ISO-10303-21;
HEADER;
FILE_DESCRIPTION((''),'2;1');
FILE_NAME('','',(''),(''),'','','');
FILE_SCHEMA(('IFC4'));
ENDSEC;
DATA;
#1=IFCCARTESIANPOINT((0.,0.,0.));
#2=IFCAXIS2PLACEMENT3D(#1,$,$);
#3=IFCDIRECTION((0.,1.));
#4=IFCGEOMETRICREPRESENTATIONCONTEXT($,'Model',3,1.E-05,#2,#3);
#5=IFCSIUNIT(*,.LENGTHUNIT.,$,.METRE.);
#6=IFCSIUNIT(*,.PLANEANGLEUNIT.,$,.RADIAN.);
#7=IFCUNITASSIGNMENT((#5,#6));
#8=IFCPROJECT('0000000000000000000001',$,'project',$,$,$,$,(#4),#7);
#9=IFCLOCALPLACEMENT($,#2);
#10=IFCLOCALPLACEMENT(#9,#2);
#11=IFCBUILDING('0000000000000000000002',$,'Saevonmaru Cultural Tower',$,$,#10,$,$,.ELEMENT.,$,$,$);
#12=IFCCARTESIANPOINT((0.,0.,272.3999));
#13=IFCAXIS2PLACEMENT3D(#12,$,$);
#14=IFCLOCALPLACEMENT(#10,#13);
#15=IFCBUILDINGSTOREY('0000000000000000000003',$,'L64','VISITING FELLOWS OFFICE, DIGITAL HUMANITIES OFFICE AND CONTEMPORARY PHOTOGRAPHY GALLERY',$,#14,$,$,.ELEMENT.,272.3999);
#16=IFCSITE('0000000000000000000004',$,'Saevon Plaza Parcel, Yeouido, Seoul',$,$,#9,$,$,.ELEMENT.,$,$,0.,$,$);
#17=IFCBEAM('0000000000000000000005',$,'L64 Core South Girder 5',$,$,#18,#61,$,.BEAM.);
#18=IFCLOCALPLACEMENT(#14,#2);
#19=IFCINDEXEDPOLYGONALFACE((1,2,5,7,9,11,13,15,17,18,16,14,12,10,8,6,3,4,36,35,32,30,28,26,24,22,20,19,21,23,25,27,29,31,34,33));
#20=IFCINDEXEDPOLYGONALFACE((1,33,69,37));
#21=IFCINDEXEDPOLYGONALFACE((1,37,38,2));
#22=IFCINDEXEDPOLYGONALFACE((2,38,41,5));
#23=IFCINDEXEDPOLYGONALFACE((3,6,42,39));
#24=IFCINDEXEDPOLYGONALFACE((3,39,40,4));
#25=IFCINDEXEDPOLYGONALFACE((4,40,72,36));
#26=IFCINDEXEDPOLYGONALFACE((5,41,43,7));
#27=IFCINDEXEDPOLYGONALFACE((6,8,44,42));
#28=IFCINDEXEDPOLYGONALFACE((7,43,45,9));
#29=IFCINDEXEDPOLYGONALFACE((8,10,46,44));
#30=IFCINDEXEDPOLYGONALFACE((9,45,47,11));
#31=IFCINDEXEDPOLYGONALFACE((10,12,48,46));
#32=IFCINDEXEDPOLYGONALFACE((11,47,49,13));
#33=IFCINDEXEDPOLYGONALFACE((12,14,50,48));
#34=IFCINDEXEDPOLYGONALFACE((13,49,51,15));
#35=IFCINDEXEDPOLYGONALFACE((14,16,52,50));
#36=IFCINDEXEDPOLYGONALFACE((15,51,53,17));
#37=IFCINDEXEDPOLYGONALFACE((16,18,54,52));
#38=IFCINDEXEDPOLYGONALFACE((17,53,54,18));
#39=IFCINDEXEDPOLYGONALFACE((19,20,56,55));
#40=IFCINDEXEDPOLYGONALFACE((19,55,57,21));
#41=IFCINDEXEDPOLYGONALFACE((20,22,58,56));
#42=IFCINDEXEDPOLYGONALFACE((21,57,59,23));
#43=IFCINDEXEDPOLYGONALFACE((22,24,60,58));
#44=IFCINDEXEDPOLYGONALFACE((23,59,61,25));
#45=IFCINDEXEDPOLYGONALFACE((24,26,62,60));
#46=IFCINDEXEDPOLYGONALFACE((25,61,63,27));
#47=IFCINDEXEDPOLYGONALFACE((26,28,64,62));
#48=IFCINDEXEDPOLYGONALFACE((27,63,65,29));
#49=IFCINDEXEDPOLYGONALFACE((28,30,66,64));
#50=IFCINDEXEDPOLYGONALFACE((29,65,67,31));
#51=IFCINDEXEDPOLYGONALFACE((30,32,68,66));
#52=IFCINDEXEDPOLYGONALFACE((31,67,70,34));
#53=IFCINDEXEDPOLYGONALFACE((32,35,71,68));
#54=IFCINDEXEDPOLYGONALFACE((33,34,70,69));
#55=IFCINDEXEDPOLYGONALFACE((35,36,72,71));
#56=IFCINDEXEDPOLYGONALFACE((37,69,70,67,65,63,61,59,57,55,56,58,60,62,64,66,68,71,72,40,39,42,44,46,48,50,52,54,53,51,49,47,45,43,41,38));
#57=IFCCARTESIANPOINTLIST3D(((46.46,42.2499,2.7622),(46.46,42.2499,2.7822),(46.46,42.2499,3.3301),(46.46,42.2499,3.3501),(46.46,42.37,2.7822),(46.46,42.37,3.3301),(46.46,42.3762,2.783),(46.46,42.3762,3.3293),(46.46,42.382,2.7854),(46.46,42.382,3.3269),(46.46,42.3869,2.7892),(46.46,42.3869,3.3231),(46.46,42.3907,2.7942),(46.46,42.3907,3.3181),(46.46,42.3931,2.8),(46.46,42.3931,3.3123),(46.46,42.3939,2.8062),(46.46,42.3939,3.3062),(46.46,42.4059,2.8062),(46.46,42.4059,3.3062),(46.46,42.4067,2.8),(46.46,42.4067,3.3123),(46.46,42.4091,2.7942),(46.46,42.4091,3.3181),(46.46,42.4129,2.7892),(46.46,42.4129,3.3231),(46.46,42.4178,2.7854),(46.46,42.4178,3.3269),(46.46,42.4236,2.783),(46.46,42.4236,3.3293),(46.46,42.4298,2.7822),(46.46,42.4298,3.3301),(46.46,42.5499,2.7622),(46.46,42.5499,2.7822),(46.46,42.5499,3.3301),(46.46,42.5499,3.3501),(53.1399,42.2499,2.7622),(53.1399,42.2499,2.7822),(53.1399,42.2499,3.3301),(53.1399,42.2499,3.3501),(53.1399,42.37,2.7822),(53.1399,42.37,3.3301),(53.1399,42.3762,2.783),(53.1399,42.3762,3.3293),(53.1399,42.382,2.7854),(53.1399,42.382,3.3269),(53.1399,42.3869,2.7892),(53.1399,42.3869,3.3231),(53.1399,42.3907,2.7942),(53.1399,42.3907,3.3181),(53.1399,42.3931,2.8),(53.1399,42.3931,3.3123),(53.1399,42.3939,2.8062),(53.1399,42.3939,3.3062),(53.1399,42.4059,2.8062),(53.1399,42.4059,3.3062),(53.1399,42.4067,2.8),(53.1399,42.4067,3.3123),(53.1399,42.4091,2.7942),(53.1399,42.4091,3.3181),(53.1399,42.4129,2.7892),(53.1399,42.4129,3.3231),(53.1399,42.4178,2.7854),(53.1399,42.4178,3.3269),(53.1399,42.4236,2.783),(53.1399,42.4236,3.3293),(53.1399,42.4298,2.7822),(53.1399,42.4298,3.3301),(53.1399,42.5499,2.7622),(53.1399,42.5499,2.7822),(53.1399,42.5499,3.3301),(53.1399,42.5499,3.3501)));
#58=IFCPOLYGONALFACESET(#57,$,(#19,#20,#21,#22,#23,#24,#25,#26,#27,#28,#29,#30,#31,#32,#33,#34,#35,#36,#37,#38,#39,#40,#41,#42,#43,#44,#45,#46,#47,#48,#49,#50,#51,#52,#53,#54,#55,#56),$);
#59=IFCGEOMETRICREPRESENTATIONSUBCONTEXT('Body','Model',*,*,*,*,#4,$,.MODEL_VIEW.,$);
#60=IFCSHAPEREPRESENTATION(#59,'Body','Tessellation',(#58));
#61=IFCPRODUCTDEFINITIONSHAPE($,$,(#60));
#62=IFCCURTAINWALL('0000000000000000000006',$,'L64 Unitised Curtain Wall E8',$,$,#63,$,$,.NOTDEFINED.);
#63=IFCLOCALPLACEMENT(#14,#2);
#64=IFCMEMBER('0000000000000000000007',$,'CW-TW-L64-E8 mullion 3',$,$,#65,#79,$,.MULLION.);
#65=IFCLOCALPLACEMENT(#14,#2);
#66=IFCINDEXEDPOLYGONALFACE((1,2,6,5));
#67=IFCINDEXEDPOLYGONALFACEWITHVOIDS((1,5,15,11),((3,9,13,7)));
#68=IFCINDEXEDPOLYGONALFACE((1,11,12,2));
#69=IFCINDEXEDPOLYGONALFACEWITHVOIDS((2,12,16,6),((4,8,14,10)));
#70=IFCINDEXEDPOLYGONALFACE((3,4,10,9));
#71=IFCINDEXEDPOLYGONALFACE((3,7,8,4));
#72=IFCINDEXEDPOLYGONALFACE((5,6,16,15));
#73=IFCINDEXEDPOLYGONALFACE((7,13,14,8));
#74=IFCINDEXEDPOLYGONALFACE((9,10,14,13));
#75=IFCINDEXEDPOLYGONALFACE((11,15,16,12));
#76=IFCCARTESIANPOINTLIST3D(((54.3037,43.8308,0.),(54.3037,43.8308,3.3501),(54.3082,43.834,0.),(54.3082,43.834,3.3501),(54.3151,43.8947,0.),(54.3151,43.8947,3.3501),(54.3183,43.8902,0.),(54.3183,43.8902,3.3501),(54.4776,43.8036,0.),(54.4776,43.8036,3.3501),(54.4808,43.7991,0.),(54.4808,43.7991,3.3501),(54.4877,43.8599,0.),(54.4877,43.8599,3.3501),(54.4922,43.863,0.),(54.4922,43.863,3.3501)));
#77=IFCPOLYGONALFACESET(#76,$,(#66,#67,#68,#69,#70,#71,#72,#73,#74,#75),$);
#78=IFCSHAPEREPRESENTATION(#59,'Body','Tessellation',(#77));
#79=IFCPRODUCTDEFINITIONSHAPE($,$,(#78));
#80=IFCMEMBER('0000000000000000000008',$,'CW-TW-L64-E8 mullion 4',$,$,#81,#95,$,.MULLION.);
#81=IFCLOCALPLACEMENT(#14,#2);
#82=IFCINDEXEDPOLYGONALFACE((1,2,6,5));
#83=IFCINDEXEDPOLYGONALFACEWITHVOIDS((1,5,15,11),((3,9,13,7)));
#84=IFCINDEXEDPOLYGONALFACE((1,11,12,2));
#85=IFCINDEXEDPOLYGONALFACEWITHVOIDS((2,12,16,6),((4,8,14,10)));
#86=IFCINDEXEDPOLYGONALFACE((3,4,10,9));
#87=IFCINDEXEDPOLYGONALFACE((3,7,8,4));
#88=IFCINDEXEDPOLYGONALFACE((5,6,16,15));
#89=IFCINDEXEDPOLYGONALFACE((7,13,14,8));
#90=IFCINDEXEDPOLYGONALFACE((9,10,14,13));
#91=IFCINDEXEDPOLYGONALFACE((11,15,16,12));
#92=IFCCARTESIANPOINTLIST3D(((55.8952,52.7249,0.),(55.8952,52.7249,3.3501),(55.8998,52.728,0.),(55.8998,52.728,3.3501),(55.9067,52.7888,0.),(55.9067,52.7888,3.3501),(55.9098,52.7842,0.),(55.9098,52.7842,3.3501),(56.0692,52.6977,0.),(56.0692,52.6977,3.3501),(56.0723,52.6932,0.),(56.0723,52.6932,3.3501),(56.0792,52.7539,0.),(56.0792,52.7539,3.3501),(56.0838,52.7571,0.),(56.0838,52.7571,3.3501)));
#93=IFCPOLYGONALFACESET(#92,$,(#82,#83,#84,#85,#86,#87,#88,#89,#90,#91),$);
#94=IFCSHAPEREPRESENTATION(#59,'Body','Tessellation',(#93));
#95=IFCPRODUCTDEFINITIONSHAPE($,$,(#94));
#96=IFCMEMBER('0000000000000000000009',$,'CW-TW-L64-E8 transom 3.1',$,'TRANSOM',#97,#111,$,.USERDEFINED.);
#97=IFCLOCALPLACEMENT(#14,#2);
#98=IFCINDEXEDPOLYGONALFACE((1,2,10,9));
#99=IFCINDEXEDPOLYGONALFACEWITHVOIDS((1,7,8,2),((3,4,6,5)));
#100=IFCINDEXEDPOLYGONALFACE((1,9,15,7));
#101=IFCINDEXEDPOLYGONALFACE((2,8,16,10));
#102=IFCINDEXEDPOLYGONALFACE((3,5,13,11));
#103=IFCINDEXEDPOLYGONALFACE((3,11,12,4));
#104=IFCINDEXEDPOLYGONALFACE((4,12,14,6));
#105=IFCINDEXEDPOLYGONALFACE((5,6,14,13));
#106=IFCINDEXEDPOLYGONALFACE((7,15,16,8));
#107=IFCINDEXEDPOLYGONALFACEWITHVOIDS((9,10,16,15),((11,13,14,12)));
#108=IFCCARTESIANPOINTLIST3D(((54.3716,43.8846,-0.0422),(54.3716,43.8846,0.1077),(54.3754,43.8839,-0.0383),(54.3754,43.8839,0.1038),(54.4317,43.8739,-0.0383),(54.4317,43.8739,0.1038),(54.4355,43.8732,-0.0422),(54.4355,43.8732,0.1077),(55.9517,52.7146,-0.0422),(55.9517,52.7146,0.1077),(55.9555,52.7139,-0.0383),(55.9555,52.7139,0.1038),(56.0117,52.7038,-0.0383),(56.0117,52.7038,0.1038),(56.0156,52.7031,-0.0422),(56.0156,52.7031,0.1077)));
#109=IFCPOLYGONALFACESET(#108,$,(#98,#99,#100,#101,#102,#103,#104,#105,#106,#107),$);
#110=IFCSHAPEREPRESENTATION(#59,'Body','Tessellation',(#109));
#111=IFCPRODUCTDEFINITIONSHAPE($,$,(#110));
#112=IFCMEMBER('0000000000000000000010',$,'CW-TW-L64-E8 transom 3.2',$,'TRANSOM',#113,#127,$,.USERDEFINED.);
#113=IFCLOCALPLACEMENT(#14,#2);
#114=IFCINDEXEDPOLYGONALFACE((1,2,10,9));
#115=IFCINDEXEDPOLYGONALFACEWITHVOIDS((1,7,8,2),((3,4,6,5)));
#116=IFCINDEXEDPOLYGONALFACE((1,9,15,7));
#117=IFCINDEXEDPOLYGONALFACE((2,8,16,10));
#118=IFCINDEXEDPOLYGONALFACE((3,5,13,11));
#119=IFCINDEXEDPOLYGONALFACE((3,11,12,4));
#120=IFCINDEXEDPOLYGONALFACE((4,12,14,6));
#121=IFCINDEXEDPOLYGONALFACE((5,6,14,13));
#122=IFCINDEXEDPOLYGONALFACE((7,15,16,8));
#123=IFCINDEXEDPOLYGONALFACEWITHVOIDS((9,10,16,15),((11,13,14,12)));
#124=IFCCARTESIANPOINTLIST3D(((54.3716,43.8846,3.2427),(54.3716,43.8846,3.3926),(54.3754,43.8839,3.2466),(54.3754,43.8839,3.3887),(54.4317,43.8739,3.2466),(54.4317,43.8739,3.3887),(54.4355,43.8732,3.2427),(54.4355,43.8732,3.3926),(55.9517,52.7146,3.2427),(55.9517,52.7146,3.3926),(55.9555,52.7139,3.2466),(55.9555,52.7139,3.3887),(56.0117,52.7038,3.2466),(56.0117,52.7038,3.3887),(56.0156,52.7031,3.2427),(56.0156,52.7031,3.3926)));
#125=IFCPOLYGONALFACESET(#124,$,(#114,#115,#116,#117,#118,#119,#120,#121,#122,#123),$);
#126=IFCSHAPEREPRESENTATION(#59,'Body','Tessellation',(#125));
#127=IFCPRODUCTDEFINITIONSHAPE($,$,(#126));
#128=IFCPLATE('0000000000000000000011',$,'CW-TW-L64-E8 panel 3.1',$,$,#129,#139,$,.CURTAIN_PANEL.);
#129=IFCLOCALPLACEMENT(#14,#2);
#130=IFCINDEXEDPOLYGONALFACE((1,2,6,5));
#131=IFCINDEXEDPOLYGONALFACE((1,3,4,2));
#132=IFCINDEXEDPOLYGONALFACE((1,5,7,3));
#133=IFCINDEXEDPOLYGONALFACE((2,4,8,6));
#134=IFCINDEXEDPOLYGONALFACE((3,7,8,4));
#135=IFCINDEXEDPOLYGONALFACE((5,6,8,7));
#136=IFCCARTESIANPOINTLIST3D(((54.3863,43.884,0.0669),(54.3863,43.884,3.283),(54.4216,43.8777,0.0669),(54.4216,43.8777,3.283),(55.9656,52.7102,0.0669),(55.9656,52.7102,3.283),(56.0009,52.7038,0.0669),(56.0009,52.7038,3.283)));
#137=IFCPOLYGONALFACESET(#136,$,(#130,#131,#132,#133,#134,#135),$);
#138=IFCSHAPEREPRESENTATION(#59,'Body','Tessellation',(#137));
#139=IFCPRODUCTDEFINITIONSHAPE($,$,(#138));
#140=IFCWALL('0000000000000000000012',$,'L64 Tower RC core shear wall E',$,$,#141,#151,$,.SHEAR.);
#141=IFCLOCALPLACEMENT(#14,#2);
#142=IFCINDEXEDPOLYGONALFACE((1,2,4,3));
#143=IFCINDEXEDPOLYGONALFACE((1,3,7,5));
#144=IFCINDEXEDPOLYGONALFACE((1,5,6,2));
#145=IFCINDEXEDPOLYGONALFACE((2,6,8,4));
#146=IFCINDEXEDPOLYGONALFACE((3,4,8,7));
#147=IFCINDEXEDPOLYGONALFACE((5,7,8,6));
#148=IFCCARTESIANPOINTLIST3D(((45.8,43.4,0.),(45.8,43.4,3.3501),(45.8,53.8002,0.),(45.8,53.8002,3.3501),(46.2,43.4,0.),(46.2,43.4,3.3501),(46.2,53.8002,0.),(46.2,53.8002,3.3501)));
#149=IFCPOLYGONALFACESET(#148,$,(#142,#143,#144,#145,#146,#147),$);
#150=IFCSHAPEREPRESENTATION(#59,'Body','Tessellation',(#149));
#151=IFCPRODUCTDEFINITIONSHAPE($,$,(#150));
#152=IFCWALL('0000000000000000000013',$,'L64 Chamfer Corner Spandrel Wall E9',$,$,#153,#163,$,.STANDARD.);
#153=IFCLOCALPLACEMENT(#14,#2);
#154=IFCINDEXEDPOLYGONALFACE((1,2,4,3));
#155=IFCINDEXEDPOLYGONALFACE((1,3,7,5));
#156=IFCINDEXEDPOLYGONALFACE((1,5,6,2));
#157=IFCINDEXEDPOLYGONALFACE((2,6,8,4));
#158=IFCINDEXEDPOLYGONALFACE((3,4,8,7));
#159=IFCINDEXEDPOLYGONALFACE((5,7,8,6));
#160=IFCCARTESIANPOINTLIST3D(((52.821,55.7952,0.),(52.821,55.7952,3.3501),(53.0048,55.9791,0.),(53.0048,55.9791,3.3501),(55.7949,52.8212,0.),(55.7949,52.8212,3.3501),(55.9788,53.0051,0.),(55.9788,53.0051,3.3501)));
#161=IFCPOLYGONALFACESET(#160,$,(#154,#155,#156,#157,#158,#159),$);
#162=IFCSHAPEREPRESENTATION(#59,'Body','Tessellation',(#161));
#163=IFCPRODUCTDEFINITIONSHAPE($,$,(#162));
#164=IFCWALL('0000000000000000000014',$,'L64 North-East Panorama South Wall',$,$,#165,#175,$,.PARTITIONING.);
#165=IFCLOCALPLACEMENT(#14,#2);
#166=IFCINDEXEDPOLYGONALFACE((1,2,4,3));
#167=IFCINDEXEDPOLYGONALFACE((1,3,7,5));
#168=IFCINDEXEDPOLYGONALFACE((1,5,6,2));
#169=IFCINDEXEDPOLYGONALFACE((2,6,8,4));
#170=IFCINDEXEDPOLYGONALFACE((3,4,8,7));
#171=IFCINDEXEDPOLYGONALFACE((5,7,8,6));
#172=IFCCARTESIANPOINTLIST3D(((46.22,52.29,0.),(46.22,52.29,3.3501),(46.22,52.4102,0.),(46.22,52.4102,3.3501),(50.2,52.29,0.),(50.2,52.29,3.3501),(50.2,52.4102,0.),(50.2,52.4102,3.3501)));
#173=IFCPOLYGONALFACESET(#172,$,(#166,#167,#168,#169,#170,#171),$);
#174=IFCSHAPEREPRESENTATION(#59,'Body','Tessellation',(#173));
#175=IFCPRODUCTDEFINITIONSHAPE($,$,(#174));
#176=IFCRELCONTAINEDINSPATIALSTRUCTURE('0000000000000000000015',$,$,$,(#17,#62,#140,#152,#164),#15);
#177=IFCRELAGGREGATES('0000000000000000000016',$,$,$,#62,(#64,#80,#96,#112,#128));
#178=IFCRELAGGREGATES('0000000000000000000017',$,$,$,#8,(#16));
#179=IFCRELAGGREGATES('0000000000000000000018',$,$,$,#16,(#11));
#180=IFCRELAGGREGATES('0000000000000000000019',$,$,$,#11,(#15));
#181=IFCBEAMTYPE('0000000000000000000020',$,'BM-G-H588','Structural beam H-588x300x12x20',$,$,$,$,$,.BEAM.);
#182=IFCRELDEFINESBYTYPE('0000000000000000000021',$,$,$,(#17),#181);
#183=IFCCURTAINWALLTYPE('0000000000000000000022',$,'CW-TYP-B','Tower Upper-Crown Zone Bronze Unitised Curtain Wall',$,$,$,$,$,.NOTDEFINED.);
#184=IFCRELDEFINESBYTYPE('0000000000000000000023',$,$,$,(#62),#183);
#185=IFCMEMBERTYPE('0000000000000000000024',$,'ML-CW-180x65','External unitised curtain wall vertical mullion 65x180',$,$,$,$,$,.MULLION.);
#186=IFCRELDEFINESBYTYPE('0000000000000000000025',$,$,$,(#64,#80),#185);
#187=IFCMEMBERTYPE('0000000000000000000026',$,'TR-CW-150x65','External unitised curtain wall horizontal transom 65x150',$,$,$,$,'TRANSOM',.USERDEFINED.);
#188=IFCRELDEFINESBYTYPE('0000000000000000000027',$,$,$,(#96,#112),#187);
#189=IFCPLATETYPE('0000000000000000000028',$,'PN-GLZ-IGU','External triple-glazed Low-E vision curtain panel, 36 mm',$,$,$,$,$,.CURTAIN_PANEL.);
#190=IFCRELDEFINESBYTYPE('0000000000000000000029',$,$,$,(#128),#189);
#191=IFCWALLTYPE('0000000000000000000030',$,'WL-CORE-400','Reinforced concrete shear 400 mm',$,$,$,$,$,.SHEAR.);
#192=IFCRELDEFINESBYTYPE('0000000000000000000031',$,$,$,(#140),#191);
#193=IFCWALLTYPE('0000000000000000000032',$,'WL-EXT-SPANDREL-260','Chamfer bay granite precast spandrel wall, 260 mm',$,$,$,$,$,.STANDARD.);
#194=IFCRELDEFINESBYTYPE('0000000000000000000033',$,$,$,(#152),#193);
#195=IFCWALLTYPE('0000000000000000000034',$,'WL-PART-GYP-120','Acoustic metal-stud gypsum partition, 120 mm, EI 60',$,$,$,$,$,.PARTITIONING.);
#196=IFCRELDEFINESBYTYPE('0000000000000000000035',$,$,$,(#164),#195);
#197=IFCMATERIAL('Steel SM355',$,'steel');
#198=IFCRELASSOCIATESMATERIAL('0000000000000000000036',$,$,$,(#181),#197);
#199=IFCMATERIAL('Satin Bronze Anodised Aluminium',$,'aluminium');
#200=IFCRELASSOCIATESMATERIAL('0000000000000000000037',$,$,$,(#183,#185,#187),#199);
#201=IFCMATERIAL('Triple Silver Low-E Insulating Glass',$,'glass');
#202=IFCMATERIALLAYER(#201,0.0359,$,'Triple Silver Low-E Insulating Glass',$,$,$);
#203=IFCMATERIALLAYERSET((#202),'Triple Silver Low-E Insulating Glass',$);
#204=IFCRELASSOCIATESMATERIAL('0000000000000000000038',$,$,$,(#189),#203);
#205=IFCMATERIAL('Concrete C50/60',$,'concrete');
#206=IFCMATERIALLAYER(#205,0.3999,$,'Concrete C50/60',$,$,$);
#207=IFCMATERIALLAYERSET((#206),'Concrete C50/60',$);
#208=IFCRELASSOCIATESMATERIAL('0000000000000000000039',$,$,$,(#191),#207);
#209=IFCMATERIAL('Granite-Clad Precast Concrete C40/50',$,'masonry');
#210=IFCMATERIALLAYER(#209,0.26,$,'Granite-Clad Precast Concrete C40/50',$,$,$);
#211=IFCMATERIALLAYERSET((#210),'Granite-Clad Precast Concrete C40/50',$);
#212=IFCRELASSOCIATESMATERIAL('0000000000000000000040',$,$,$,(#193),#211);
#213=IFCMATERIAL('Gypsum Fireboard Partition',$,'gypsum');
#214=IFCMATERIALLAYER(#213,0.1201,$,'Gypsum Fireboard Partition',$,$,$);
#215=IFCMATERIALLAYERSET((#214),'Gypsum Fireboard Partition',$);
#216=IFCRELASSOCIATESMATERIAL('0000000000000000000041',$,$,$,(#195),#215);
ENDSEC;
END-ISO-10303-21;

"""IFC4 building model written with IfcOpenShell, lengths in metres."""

from ifc_helpers import new_model, si_unit, direction, frame, frame_2d, origin, origin_2d, place, context, subcontext, project, spatial, rectangle, hollow_rectangle, i_section, extrude, material, layer, layer_set, material_profile, profile_set, type_object, element, aggregate, save


model = new_model("IFC4")

# Units and contexts
model_context = context("Model", 3, precision=1e-05, world=origin(), true_north=direction((0.0, 1.0)))
body_context = subcontext(model_context, "Body", "Model", "MODEL_VIEW")
ifc_project = project(units=[si_unit("LENGTHUNIT", "METRE"), si_unit("PLANEANGLEUNIT", "RADIAN")], contexts=[model_context])

# Site, building, storey
site_placement = place(None, origin())
site = spatial("IfcSite", under=ifc_project, at=site_placement, Name="Saevon Plaza Parcel, Yeouido, Seoul", CompositionType="ELEMENT", RefElevation=0.0)
building_placement = place(site_placement, origin())
building = spatial("IfcBuilding", under=site, at=building_placement, Name="Saevonmaru Cultural Tower", CompositionType="ELEMENT")
storey_placement = place(building_placement, frame((0.0, 0.0, 272.3999)))
storey = spatial("IfcBuildingStorey", under=building, at=storey_placement, Name="L64", Description="VISITING FELLOWS OFFICE, DIGITAL HUMANITIES OFFICE AND CONTEMPORARY PHOTOGRAPHY GALLERY", CompositionType="ELEMENT", Elevation=272.3999)

# Beam
ifc_material_1 = material(Name="Steel SM355", Category="steel")
ifc_material_profile_1 = material_profile(ifc_material_1, i_section(OverallWidth=0.3, OverallDepth=0.5879, WebThickness=0.012, FlangeThickness=0.02, FilletRadius=0.0239, at=origin_2d()), Name="H-588x300x12x20")
ifc_profile_set_1 = profile_set([ifc_material_profile_1], Name="Steel SM355")
beam_type = type_object("IfcBeamType", Name="BM-G-H588", Description="Structural beam H-588x300x12x20", PredefinedType="BEAM", material=ifc_profile_set_1)
beam_placement = place(storey_placement, frame((46.46, 42.3999, 3.0562), z_axis=(1.0, 0.0, 0.0), x_axis=(0.0, 1.0, 0.0)))
element("IfcBeam", 1, at=beam_placement, inside=storey, type_object=beam_type, Name="L64 Core South Girder 5", PredefinedType="BEAM", context=body_context, shape_type="SweptSolid", body=[
    extrude(i_section(OverallWidth=0.3, OverallDepth=0.5879, WebThickness=0.012, FlangeThickness=0.02, FilletRadius=0.0239, at=origin_2d()), origin(), (0.0, 0.0, 1.0), 6.6799),
])

# Curtain wall, members, plate
ifc_material_2 = material(Name="Satin Bronze Anodised Aluminium", Category="aluminium")
curtain_wall_type = type_object("IfcCurtainWallType", Name="CW-TYP-B", Description="Tower Upper-Crown Zone Bronze Unitised Curtain Wall", PredefinedType="NOTDEFINED", material=ifc_material_2)
curtain_wall_placement = place(storey_placement, origin())
curtain_wall = element("IfcCurtainWall", 2, at=curtain_wall_placement, inside=storey, type_object=curtain_wall_type, Name="L64 Unitised Curtain Wall E8", PredefinedType="NOTDEFINED")
ifc_material_profile_2 = material_profile(ifc_material_2, hollow_rectangle(XDim=0.0649, YDim=0.1799, WallThickness=0.0039, at=origin_2d()), Name="ALU-MULL-180x65x4")
ifc_profile_set_2 = profile_set([ifc_material_profile_2], Name="Satin Bronze Anodised Aluminium")
member_type_1 = type_object("IfcMemberType", Name="ML-CW-180x65", Description="External unitised curtain wall vertical mullion 65x180", PredefinedType="MULLION", material=ifc_profile_set_2)
member_1_placement = place(storey_placement, frame((54.3979, 43.8469, 0.0), z_axis=(0.0, 0.0, 1.0), x_axis=(0.176141, 0.984365, 0.0)))
member_1 = element("IfcMember", 3, at=member_1_placement, type_object=member_type_1, Name="CW-TW-L64-E8 mullion 3", PredefinedType="MULLION", context=body_context, shape_type="SweptSolid", body=[
    extrude(hollow_rectangle(XDim=0.0649, YDim=0.1799, WallThickness=0.0039, at=origin_2d()), origin(), (0.0, 0.0, 1.0), 3.3501),
])
member_2_placement = place(storey_placement, frame((55.9895, 52.741, 0.0), z_axis=(0.0, 0.0, 1.0), x_axis=(0.176141, 0.984365, 0.0)))
member_2 = element("IfcMember", 4, at=member_2_placement, type_object=member_type_1, Name="CW-TW-L64-E8 mullion 4", PredefinedType="MULLION", context=body_context, shape_type="SweptSolid", body=[
    extrude(hollow_rectangle(XDim=0.0649, YDim=0.1799, WallThickness=0.0039, at=origin_2d()), origin(), (0.0, 0.0, 1.0), 3.3501),
])
ifc_material_profile_3 = material_profile(ifc_material_2, hollow_rectangle(XDim=0.0649, YDim=0.1499, WallThickness=0.0039, at=origin_2d()), Name="ALU-TRAN-150x65x4")
ifc_profile_set_3 = profile_set([ifc_material_profile_3], Name="Satin Bronze Anodised Aluminium")
member_type_2 = type_object("IfcMemberType", Name="TR-CW-150x65", Description="External unitised curtain wall horizontal transom 65x150", ElementType="TRANSOM", PredefinedType="USERDEFINED", material=ifc_profile_set_3)
member_3_placement = place(storey_placement, frame((54.4036, 43.8789, 0.0327), z_axis=(0.176145, 0.984364, 0.0), x_axis=(-0.984364, 0.176145, 0.0)))
member_3 = element("IfcMember", 5, at=member_3_placement, type_object=member_type_2, Name="CW-TW-L64-E8 transom 3.1", ObjectType="TRANSOM", PredefinedType="USERDEFINED", context=body_context, shape_type="SweptSolid", body=[
    extrude(hollow_rectangle(XDim=0.0649, YDim=0.1499, WallThickness=0.0039, at=origin_2d()), origin(), (0.0, 0.0, 1.0), 8.9702),
])
member_4_placement = place(storey_placement, frame((54.4036, 43.8789, 3.3176), z_axis=(0.176145, 0.984364, 0.0), x_axis=(-0.984364, 0.176145, 0.0)))
member_4 = element("IfcMember", 6, at=member_4_placement, type_object=member_type_2, Name="CW-TW-L64-E8 transom 3.2", ObjectType="TRANSOM", PredefinedType="USERDEFINED", context=body_context, shape_type="SweptSolid", body=[
    extrude(hollow_rectangle(XDim=0.0649, YDim=0.1499, WallThickness=0.0039, at=origin_2d()), origin(), (0.0, 0.0, 1.0), 8.9702),
])
ifc_material_3 = material(Name="Triple Silver Low-E Insulating Glass", Category="glass")
ifc_layer_1 = layer(ifc_material_3, 0.0359, Name="Triple Silver Low-E Insulating Glass")
ifc_layer_set_1 = layer_set([ifc_layer_1], Name="Triple Silver Low-E Insulating Glass")
plate_type = type_object("IfcPlateType", Name="PN-GLZ-IGU", Description="External triple-glazed Low-E vision curtain panel, 36 mm", PredefinedType="CURTAIN_PANEL", material=ifc_layer_set_1)
plate_placement = place(storey_placement, frame((55.1936, 48.2939, 0.0669), z_axis=(0.0, 0.0, 1.0), x_axis=(0.176141, 0.984365, 0.0)))
plate = element("IfcPlate", 7, at=plate_placement, type_object=plate_type, Name="CW-TW-L64-E8 panel 3.1", PredefinedType="CURTAIN_PANEL", context=body_context, shape_type="SweptSolid", body=[
    extrude(rectangle(XDim=8.9663, YDim=0.0359, at=origin_2d()), origin(), (0.0, 0.0, 1.0), 3.2161),
])
aggregate(curtain_wall, [member_1, member_2, member_3, member_4, plate])

# Walls
ifc_material_4 = material(Name="Concrete C50/60", Category="concrete")
ifc_layer_2 = layer(ifc_material_4, 0.3999, Name="Concrete C50/60")
ifc_layer_set_2 = layer_set([ifc_layer_2], Name="Concrete C50/60")
wall_type_1 = type_object("IfcWallType", Name="WL-CORE-400", Description="Reinforced concrete shear 400 mm", PredefinedType="SHEAR", material=ifc_layer_set_2)
wall_1_placement = place(storey_placement, frame((46.0, 43.3999, 0.0), z_axis=(0.0, 0.0, 1.0), x_axis=(0.0, 1.0, 0.0)))
element("IfcWall", 8, at=wall_1_placement, inside=storey, type_object=wall_type_1, Name="L64 Tower RC core shear wall E", PredefinedType="SHEAR", context=body_context, shape_type="SweptSolid", body=[
    extrude(rectangle(XDim=10.4001, YDim=0.3999, at=frame_2d((5.2002, 0.0))), origin(), (0.0, 0.0, 1.0), 3.3501),
])
ifc_material_5 = material(Name="Granite-Clad Precast Concrete C40/50", Category="masonry")
ifc_layer_3 = layer(ifc_material_5, 0.26, Name="Granite-Clad Precast Concrete C40/50")
ifc_layer_set_3 = layer_set([ifc_layer_3], Name="Granite-Clad Precast Concrete C40/50")
wall_type_2 = type_object("IfcWallType", Name="WL-EXT-SPANDREL-260", Description="Chamfer bay granite precast spandrel wall, 260 mm", PredefinedType="STANDARD", material=ifc_layer_set_3)
wall_2_placement = place(storey_placement, frame((55.887, 52.9131, 0.0), z_axis=(0.0, 0.0, 1.0), x_axis=(-0.707107, 0.707107, 0.0)))
element("IfcWall", 9, at=wall_2_placement, inside=storey, type_object=wall_type_2, Name="L64 Chamfer Corner Spandrel Wall E9", PredefinedType="STANDARD", context=body_context, shape_type="SweptSolid", body=[
    extrude(rectangle(XDim=4.2058, YDim=0.26, at=frame_2d((2.103, 0.0))), origin(), (0.0, 0.0, 1.0), 3.3501),
])
ifc_material_6 = material(Name="Gypsum Fireboard Partition", Category="gypsum")
ifc_layer_4 = layer(ifc_material_6, 0.1201, Name="Gypsum Fireboard Partition")
ifc_layer_set_4 = layer_set([ifc_layer_4], Name="Gypsum Fireboard Partition")
wall_type_3 = type_object("IfcWallType", Name="WL-PART-GYP-120", Description="Acoustic metal-stud gypsum partition, 120 mm, EI 60", PredefinedType="PARTITIONING", material=ifc_layer_set_4)
wall_3_placement = place(storey_placement, frame((46.22, 52.3501, 0.0), z_axis=(0.0, 0.0, 1.0), x_axis=(1.0, 0.0, 0.0)))
element("IfcWall", 10, at=wall_3_placement, inside=storey, type_object=wall_type_3, Name="L64 North-East Panorama South Wall", PredefinedType="PARTITIONING", context=body_context, shape_type="SweptSolid", body=[
    extrude(rectangle(XDim=3.98, YDim=0.1201, at=frame_2d((1.99, 0.0))), origin(), (0.0, 0.0, 1.0), 3.3501),
])

save(model, "model.ifc")
